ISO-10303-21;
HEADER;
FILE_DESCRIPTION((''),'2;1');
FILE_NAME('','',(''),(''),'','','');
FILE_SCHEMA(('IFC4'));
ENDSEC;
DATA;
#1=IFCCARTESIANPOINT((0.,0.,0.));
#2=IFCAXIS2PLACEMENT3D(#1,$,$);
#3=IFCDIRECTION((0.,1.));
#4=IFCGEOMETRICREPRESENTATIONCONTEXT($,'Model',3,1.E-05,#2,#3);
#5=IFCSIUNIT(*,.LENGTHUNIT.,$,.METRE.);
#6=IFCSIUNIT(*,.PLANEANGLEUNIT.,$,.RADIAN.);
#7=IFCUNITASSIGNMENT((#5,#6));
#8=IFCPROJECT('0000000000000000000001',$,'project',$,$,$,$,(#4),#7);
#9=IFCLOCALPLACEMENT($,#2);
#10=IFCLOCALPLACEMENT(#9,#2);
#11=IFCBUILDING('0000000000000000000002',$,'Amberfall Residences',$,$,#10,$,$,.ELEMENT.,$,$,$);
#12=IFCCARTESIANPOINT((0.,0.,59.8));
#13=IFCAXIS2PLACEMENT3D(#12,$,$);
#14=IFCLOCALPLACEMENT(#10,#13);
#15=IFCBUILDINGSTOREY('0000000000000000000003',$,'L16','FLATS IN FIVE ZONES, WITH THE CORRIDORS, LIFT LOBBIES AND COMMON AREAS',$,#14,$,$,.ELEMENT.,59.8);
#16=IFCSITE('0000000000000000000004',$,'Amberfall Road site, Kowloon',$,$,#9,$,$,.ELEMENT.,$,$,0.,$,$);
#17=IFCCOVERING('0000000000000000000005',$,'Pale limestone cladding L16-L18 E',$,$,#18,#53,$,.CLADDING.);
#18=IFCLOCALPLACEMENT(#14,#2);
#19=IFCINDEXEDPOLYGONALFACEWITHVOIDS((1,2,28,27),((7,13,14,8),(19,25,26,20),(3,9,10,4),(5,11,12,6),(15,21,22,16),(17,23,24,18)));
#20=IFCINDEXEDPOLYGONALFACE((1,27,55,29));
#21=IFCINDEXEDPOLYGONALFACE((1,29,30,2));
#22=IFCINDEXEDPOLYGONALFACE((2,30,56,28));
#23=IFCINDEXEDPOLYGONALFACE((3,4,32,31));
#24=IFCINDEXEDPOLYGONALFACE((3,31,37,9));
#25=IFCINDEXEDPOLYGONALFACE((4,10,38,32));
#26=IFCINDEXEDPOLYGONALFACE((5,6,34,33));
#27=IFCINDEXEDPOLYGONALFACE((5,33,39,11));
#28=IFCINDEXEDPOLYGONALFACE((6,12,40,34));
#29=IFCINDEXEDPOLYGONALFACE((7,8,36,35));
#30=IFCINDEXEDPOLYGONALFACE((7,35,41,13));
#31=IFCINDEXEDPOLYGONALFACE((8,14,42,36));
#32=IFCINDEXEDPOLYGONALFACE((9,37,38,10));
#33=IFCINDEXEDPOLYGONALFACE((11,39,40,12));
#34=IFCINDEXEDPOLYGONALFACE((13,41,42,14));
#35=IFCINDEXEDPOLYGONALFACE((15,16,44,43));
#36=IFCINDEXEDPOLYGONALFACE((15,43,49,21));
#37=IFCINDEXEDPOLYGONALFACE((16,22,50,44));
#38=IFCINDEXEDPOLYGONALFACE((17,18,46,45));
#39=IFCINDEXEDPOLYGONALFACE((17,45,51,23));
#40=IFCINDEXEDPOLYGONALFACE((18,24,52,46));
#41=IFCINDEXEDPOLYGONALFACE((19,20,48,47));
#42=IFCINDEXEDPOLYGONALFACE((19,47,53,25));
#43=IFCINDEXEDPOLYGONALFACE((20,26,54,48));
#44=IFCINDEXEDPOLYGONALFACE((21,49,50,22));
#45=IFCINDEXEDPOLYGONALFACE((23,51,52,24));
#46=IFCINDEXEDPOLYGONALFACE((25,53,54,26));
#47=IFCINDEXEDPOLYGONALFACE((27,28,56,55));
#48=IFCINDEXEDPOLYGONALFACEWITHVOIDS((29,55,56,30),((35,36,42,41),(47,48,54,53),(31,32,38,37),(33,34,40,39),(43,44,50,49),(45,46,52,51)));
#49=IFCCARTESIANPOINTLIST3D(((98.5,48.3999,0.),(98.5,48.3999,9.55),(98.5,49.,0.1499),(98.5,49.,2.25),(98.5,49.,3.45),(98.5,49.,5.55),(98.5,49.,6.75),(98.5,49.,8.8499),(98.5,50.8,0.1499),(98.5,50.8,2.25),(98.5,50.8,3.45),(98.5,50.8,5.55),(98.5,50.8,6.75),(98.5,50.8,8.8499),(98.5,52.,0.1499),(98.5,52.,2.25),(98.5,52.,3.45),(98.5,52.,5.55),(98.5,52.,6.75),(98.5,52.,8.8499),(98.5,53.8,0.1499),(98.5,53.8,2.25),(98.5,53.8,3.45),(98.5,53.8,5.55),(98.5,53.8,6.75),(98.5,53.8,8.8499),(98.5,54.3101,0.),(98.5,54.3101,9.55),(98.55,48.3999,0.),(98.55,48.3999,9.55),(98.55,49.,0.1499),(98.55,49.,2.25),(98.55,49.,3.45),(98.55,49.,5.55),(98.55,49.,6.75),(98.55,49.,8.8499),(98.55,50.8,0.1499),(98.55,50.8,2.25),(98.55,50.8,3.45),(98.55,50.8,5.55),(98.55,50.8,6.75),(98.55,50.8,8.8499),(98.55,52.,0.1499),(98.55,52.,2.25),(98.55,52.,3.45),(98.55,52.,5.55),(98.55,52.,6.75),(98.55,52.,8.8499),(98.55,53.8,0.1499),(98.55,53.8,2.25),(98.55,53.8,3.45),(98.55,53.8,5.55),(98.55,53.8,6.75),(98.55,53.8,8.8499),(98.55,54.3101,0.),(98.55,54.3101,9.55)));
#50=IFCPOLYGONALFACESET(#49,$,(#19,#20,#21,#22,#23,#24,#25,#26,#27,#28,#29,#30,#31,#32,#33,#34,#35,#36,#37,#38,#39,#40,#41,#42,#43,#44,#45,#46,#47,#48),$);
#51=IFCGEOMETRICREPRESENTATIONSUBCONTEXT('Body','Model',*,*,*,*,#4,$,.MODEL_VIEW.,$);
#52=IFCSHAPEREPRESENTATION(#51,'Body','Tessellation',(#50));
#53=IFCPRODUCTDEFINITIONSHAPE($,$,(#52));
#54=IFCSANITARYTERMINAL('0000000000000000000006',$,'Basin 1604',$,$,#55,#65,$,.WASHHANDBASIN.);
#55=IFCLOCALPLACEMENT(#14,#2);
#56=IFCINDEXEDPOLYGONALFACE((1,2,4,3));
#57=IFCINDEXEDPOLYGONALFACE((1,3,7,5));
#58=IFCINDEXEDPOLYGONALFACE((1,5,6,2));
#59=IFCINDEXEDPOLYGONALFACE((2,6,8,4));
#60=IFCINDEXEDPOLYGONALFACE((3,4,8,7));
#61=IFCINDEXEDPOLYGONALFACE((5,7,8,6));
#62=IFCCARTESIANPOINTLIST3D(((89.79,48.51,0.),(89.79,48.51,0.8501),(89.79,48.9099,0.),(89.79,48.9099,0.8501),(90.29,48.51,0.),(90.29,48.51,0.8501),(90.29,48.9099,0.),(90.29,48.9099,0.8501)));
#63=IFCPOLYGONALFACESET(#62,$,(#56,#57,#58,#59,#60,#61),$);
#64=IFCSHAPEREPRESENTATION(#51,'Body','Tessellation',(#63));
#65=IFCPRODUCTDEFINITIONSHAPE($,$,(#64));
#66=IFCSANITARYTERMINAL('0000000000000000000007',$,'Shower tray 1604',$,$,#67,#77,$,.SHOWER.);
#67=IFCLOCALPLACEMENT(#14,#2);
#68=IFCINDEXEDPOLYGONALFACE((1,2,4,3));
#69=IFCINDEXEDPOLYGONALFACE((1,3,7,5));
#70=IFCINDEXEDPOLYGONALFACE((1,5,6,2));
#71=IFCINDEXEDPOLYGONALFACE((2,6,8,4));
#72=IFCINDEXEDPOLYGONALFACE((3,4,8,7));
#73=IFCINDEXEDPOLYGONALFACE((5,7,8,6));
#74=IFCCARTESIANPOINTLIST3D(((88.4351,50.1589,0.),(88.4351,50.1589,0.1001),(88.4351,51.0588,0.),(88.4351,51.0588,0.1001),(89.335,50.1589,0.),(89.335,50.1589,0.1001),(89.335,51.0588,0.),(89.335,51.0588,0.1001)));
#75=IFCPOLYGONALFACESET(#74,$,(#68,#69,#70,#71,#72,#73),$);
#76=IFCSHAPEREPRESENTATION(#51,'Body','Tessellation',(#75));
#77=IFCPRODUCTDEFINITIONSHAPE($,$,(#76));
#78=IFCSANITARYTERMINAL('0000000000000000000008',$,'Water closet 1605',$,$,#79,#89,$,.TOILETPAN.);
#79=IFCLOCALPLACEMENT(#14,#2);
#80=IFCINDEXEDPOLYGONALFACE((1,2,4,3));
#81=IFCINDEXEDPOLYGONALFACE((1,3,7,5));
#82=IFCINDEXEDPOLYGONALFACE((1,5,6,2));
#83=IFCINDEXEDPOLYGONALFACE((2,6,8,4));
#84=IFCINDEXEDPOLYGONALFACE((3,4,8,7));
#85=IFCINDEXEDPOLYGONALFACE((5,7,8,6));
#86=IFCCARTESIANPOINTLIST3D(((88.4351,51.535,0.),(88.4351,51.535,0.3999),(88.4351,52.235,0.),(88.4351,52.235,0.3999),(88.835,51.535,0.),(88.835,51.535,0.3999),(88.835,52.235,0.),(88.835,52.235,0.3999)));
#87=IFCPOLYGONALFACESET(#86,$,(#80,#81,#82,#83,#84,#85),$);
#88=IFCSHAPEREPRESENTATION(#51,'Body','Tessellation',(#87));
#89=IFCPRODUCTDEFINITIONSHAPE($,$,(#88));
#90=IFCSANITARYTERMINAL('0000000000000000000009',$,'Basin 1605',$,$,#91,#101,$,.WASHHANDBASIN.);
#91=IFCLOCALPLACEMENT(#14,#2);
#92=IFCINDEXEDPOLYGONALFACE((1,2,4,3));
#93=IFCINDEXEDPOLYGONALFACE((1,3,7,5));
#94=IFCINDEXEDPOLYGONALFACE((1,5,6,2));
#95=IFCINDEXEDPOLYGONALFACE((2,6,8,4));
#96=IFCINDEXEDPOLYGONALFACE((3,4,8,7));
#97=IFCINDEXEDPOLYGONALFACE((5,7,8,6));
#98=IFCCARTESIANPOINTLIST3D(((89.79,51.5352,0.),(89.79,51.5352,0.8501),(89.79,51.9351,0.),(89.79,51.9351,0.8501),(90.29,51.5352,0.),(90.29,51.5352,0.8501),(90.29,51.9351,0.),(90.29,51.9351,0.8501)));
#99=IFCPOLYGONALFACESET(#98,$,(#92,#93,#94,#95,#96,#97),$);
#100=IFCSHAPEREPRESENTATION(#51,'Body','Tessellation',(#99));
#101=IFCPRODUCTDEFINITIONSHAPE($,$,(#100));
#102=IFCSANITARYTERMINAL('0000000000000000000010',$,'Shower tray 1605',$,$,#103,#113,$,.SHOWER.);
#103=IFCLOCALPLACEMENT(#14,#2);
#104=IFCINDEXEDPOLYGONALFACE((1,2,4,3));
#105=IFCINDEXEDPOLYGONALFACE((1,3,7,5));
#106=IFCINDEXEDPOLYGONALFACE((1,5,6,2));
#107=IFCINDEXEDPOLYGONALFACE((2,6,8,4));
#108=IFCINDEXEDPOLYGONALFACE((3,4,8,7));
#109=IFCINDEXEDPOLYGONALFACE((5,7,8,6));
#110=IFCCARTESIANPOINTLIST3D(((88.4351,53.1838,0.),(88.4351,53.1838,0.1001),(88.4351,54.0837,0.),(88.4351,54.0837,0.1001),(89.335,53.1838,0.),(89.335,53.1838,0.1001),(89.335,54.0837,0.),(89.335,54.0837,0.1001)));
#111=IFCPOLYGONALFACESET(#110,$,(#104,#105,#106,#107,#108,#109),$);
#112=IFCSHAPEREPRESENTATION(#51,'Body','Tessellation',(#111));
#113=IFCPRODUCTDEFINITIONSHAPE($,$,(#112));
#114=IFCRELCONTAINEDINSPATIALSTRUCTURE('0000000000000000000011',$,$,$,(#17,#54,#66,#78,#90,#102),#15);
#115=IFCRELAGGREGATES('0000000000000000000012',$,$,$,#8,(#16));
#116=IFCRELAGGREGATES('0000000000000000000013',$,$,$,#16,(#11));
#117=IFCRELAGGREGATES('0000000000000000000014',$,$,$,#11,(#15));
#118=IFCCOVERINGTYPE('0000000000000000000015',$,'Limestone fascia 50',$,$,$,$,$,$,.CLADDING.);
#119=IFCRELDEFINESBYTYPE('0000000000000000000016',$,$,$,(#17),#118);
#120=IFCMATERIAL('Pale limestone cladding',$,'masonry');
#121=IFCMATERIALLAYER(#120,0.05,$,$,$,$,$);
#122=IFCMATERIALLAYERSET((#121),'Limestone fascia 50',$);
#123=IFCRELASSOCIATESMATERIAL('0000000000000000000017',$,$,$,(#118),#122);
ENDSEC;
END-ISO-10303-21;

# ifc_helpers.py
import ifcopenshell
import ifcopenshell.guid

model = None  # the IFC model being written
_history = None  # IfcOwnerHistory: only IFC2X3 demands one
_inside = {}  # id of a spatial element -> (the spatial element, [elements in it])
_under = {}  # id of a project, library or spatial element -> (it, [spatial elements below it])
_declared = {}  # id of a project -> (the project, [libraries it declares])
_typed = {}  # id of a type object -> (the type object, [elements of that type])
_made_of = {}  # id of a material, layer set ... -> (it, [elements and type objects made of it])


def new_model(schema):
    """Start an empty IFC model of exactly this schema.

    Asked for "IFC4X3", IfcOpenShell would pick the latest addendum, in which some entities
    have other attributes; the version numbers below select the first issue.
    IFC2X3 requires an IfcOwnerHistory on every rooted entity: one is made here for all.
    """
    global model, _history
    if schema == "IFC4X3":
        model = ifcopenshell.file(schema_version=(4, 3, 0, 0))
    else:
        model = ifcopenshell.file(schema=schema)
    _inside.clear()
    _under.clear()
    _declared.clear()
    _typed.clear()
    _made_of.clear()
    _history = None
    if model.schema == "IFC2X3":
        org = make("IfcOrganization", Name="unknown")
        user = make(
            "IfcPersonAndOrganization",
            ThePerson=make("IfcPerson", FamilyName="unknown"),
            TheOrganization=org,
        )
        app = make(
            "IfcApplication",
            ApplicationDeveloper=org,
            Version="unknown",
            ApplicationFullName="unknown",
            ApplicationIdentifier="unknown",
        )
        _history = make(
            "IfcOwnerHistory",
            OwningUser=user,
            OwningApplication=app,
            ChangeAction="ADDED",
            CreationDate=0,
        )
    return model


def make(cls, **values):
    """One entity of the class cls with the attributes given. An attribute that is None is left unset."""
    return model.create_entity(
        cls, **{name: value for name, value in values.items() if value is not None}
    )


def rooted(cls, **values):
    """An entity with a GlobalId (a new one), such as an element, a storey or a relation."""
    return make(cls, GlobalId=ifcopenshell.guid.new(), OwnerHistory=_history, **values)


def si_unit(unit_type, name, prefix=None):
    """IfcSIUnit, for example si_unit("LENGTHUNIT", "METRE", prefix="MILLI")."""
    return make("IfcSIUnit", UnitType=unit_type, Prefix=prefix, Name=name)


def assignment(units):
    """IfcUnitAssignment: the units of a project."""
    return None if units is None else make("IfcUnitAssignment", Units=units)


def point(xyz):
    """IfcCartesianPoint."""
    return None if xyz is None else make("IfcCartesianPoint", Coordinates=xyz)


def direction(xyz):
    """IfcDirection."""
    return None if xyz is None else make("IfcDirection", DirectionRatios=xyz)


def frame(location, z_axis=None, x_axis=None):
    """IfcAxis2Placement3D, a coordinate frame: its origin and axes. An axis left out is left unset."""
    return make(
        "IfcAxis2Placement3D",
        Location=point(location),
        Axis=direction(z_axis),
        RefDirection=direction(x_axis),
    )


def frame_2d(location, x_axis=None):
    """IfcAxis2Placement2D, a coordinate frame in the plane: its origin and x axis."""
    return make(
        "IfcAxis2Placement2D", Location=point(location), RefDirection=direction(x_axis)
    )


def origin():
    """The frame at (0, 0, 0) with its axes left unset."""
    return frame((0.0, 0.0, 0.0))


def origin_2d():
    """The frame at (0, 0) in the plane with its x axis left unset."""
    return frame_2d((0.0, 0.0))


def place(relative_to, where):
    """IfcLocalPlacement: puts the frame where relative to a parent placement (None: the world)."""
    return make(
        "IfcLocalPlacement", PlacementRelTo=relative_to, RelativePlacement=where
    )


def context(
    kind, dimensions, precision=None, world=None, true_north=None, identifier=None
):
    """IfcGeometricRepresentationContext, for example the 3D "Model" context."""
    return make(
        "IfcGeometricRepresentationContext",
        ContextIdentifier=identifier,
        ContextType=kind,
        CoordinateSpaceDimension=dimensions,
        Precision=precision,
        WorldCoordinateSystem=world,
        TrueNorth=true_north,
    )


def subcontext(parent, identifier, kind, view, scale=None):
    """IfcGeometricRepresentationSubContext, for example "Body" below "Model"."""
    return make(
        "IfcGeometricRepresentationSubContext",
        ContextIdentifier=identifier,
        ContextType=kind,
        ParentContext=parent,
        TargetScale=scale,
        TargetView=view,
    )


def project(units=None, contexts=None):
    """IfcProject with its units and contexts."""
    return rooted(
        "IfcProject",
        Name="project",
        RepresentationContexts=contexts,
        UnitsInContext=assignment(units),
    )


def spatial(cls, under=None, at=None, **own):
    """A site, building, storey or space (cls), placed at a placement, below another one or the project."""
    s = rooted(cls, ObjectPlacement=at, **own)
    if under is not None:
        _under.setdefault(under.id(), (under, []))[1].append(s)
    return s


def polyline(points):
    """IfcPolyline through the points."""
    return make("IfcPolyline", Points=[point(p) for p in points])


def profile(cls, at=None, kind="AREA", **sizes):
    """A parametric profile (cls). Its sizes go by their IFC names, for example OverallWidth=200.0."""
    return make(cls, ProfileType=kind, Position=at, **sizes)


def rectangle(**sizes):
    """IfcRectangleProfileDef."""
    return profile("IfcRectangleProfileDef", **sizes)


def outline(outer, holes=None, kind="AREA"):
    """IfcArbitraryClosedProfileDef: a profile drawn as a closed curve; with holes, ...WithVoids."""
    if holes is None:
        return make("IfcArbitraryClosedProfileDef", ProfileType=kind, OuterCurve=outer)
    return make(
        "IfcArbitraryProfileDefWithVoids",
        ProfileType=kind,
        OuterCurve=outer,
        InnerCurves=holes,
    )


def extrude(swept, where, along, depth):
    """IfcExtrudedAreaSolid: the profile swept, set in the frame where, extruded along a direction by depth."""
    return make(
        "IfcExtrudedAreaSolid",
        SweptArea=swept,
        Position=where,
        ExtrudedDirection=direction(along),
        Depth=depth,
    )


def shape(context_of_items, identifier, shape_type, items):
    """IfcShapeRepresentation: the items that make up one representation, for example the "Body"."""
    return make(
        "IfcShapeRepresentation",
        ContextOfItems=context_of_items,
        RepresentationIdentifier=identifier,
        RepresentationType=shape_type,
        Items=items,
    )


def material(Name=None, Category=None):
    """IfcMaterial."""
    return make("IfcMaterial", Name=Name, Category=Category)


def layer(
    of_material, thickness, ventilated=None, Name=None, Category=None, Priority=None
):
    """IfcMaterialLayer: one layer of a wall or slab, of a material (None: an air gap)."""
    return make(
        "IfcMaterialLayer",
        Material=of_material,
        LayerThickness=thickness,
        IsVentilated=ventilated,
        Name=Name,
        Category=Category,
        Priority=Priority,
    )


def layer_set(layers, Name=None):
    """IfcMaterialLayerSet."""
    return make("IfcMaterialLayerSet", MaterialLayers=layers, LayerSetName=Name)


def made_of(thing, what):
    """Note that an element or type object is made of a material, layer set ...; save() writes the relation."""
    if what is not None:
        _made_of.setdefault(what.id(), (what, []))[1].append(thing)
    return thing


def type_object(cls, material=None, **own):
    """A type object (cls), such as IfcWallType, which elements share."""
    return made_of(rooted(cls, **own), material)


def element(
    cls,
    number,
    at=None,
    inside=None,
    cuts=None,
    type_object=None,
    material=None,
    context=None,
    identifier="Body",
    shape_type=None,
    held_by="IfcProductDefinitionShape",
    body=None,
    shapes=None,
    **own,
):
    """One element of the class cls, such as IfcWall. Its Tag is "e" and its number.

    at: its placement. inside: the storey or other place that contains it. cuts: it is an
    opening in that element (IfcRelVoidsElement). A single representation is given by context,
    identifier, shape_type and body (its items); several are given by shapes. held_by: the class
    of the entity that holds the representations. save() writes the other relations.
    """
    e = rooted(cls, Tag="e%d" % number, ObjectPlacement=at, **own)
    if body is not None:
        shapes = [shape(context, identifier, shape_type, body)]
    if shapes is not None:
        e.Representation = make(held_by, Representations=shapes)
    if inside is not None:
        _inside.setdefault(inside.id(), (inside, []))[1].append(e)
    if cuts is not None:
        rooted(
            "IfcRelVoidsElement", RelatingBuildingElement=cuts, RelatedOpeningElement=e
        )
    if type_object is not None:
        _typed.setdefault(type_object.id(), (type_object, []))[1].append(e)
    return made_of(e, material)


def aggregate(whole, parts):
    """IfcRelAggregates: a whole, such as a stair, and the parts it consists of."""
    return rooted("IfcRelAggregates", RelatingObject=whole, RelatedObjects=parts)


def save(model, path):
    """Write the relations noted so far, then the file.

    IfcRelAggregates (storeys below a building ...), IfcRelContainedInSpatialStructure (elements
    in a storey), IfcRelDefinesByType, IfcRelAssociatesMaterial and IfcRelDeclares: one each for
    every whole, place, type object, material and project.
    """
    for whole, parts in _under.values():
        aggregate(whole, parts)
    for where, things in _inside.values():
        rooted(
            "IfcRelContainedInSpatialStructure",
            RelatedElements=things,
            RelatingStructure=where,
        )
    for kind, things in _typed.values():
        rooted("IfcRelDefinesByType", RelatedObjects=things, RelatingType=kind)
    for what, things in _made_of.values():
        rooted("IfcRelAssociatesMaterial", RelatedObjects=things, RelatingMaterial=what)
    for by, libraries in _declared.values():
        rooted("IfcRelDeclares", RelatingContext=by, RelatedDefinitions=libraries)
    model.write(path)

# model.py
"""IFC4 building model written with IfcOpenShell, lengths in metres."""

from ifc_helpers import new_model, si_unit, direction, frame, origin, origin_2d, place, context, subcontext, project, spatial, polyline, rectangle, outline, extrude, material, layer, layer_set, type_object, element, save


model = new_model("IFC4")

# Units and contexts
model_context = context("Model", 3, precision=1e-05, world=origin(), true_north=direction((0.0, 1.0)))
body_context = subcontext(model_context, "Body", "Model", "MODEL_VIEW")
ifc_project = project(units=[si_unit("LENGTHUNIT", "METRE"), si_unit("PLANEANGLEUNIT", "RADIAN")], contexts=[model_context])

# Site, building, storey
site_placement = place(None, origin())
site = spatial("IfcSite", under=ifc_project, at=site_placement, Name="Amberfall Road site, Kowloon", CompositionType="ELEMENT", RefElevation=0.0)
building_placement = place(site_placement, origin())
building = spatial("IfcBuilding", under=site, at=building_placement, Name="Amberfall Residences", CompositionType="ELEMENT")
storey_placement = place(building_placement, frame((0.0, 0.0, 59.8)))
storey = spatial("IfcBuildingStorey", under=building, at=storey_placement, Name="L16", Description="FLATS IN FIVE ZONES, WITH THE CORRIDORS, LIFT LOBBIES AND COMMON AREAS", CompositionType="ELEMENT", Elevation=59.8)

# Covering
ifc_material_1 = material(Name="Pale limestone cladding", Category="masonry")
ifc_layer_1 = layer(ifc_material_1, 0.05)
ifc_layer_set_1 = layer_set([ifc_layer_1], Name="Limestone fascia 50")
covering_type = type_object("IfcCoveringType", Name="Limestone fascia 50", PredefinedType="CLADDING", material=ifc_layer_set_1)
covering_1_placement = place(storey_placement, frame((98.5, 48.3999, 9.55), z_axis=(-1.0, 0.0, 0.0), x_axis=(0.0, 1.0, 0.0)))
element("IfcCovering", 1, at=covering_1_placement, inside=storey, type_object=covering_type, Name="Pale limestone cladding L16-L18 E", PredefinedType="CLADDING", context=body_context, shape_type="SweptSolid", body=[
    extrude(outline(polyline([(0.0, 0.0), (5.9102, 0.0), (5.9102, 9.55), (0.0, 9.55), (0.0, 0.0)]), holes=[polyline([(0.6001, 7.3), (2.4001, 7.3), (2.4001, 9.4001), (0.6001, 9.4001), (0.6001, 7.3)]), polyline([(3.6001, 7.3), (5.4001, 7.3), (5.4001, 9.4001), (3.6001, 9.4001), (3.6001, 7.3)]), polyline([(0.6001, 4.0), (2.4001, 4.0), (2.4001, 6.1001), (0.6001, 6.1001), (0.6001, 4.0)]), polyline([(3.6001, 4.0), (5.4001, 4.0), (5.4001, 6.1001), (3.6001, 6.1001), (3.6001, 4.0)]), polyline([(0.6001, 0.7002), (2.4001, 0.7002), (2.4001, 2.8), (0.6001, 2.8), (0.6001, 0.7002)]), polyline([(3.6001, 0.7002), (5.4001, 0.7002), (5.4001, 2.8), (3.6001, 2.8), (3.6001, 0.7002)])]), origin(), (0.0, 0.0, -1.0), 0.05),
])

# Sanitary terminals
sanitary_terminal_1_placement = place(storey_placement, frame((90.04, 48.71, 0.0), z_axis=(0.0, 0.0, 1.0), x_axis=(1.0, 0.0, 0.0)))
element("IfcSanitaryTerminal", 2, at=sanitary_terminal_1_placement, inside=storey, Name="Basin 1604", PredefinedType="WASHHANDBASIN", context=body_context, shape_type="SweptSolid", body=[
    extrude(rectangle(XDim=0.5, YDim=0.3999, at=origin_2d()), origin(), (0.0, 0.0, 1.0), 0.8501),
])
sanitary_terminal_2_placement = place(storey_placement, frame((88.885, 50.6089, 0.0), z_axis=(0.0, 0.0, 1.0), x_axis=(1.0, 0.0, 0.0)))
element("IfcSanitaryTerminal", 3, at=sanitary_terminal_2_placement, inside=storey, Name="Shower tray 1604", PredefinedType="SHOWER", context=body_context, shape_type="SweptSolid", body=[
    extrude(rectangle(XDim=0.8999, YDim=0.8999, at=origin_2d()), origin(), (0.0, 0.0, 1.0), 0.1001),
])
sanitary_terminal_3_placement = place(storey_placement, frame((88.635, 51.885, 0.0), z_axis=(0.0, 0.0, 1.0), x_axis=(1.0, 0.0, 0.0)))
element("IfcSanitaryTerminal", 4, at=sanitary_terminal_3_placement, inside=storey, Name="Water closet 1605", PredefinedType="TOILETPAN", context=body_context, shape_type="SweptSolid", body=[
    extrude(rectangle(XDim=0.3999, YDim=0.7, at=origin_2d()), origin(), (0.0, 0.0, 1.0), 0.3999),
])
sanitary_terminal_4_placement = place(storey_placement, frame((90.04, 51.7351, 0.0), z_axis=(0.0, 0.0, 1.0), x_axis=(1.0, 0.0, 0.0)))
element("IfcSanitaryTerminal", 5, at=sanitary_terminal_4_placement, inside=storey, Name="Basin 1605", PredefinedType="WASHHANDBASIN", context=body_context, shape_type="SweptSolid", body=[
    extrude(rectangle(XDim=0.5, YDim=0.3999, at=origin_2d()), origin(), (0.0, 0.0, 1.0), 0.8501),
])
sanitary_terminal_5_placement = place(storey_placement, frame((88.885, 53.6338, 0.0), z_axis=(0.0, 0.0, 1.0), x_axis=(1.0, 0.0, 0.0)))
element("IfcSanitaryTerminal", 6, at=sanitary_terminal_5_placement, inside=storey, Name="Shower tray 1605", PredefinedType="SHOWER", context=body_context, shape_type="SweptSolid", body=[
    extrude(rectangle(XDim=0.8999, YDim=0.8999, at=origin_2d()), origin(), (0.0, 0.0, 1.0), 0.1001),
])

save(model, "model.ifc")
